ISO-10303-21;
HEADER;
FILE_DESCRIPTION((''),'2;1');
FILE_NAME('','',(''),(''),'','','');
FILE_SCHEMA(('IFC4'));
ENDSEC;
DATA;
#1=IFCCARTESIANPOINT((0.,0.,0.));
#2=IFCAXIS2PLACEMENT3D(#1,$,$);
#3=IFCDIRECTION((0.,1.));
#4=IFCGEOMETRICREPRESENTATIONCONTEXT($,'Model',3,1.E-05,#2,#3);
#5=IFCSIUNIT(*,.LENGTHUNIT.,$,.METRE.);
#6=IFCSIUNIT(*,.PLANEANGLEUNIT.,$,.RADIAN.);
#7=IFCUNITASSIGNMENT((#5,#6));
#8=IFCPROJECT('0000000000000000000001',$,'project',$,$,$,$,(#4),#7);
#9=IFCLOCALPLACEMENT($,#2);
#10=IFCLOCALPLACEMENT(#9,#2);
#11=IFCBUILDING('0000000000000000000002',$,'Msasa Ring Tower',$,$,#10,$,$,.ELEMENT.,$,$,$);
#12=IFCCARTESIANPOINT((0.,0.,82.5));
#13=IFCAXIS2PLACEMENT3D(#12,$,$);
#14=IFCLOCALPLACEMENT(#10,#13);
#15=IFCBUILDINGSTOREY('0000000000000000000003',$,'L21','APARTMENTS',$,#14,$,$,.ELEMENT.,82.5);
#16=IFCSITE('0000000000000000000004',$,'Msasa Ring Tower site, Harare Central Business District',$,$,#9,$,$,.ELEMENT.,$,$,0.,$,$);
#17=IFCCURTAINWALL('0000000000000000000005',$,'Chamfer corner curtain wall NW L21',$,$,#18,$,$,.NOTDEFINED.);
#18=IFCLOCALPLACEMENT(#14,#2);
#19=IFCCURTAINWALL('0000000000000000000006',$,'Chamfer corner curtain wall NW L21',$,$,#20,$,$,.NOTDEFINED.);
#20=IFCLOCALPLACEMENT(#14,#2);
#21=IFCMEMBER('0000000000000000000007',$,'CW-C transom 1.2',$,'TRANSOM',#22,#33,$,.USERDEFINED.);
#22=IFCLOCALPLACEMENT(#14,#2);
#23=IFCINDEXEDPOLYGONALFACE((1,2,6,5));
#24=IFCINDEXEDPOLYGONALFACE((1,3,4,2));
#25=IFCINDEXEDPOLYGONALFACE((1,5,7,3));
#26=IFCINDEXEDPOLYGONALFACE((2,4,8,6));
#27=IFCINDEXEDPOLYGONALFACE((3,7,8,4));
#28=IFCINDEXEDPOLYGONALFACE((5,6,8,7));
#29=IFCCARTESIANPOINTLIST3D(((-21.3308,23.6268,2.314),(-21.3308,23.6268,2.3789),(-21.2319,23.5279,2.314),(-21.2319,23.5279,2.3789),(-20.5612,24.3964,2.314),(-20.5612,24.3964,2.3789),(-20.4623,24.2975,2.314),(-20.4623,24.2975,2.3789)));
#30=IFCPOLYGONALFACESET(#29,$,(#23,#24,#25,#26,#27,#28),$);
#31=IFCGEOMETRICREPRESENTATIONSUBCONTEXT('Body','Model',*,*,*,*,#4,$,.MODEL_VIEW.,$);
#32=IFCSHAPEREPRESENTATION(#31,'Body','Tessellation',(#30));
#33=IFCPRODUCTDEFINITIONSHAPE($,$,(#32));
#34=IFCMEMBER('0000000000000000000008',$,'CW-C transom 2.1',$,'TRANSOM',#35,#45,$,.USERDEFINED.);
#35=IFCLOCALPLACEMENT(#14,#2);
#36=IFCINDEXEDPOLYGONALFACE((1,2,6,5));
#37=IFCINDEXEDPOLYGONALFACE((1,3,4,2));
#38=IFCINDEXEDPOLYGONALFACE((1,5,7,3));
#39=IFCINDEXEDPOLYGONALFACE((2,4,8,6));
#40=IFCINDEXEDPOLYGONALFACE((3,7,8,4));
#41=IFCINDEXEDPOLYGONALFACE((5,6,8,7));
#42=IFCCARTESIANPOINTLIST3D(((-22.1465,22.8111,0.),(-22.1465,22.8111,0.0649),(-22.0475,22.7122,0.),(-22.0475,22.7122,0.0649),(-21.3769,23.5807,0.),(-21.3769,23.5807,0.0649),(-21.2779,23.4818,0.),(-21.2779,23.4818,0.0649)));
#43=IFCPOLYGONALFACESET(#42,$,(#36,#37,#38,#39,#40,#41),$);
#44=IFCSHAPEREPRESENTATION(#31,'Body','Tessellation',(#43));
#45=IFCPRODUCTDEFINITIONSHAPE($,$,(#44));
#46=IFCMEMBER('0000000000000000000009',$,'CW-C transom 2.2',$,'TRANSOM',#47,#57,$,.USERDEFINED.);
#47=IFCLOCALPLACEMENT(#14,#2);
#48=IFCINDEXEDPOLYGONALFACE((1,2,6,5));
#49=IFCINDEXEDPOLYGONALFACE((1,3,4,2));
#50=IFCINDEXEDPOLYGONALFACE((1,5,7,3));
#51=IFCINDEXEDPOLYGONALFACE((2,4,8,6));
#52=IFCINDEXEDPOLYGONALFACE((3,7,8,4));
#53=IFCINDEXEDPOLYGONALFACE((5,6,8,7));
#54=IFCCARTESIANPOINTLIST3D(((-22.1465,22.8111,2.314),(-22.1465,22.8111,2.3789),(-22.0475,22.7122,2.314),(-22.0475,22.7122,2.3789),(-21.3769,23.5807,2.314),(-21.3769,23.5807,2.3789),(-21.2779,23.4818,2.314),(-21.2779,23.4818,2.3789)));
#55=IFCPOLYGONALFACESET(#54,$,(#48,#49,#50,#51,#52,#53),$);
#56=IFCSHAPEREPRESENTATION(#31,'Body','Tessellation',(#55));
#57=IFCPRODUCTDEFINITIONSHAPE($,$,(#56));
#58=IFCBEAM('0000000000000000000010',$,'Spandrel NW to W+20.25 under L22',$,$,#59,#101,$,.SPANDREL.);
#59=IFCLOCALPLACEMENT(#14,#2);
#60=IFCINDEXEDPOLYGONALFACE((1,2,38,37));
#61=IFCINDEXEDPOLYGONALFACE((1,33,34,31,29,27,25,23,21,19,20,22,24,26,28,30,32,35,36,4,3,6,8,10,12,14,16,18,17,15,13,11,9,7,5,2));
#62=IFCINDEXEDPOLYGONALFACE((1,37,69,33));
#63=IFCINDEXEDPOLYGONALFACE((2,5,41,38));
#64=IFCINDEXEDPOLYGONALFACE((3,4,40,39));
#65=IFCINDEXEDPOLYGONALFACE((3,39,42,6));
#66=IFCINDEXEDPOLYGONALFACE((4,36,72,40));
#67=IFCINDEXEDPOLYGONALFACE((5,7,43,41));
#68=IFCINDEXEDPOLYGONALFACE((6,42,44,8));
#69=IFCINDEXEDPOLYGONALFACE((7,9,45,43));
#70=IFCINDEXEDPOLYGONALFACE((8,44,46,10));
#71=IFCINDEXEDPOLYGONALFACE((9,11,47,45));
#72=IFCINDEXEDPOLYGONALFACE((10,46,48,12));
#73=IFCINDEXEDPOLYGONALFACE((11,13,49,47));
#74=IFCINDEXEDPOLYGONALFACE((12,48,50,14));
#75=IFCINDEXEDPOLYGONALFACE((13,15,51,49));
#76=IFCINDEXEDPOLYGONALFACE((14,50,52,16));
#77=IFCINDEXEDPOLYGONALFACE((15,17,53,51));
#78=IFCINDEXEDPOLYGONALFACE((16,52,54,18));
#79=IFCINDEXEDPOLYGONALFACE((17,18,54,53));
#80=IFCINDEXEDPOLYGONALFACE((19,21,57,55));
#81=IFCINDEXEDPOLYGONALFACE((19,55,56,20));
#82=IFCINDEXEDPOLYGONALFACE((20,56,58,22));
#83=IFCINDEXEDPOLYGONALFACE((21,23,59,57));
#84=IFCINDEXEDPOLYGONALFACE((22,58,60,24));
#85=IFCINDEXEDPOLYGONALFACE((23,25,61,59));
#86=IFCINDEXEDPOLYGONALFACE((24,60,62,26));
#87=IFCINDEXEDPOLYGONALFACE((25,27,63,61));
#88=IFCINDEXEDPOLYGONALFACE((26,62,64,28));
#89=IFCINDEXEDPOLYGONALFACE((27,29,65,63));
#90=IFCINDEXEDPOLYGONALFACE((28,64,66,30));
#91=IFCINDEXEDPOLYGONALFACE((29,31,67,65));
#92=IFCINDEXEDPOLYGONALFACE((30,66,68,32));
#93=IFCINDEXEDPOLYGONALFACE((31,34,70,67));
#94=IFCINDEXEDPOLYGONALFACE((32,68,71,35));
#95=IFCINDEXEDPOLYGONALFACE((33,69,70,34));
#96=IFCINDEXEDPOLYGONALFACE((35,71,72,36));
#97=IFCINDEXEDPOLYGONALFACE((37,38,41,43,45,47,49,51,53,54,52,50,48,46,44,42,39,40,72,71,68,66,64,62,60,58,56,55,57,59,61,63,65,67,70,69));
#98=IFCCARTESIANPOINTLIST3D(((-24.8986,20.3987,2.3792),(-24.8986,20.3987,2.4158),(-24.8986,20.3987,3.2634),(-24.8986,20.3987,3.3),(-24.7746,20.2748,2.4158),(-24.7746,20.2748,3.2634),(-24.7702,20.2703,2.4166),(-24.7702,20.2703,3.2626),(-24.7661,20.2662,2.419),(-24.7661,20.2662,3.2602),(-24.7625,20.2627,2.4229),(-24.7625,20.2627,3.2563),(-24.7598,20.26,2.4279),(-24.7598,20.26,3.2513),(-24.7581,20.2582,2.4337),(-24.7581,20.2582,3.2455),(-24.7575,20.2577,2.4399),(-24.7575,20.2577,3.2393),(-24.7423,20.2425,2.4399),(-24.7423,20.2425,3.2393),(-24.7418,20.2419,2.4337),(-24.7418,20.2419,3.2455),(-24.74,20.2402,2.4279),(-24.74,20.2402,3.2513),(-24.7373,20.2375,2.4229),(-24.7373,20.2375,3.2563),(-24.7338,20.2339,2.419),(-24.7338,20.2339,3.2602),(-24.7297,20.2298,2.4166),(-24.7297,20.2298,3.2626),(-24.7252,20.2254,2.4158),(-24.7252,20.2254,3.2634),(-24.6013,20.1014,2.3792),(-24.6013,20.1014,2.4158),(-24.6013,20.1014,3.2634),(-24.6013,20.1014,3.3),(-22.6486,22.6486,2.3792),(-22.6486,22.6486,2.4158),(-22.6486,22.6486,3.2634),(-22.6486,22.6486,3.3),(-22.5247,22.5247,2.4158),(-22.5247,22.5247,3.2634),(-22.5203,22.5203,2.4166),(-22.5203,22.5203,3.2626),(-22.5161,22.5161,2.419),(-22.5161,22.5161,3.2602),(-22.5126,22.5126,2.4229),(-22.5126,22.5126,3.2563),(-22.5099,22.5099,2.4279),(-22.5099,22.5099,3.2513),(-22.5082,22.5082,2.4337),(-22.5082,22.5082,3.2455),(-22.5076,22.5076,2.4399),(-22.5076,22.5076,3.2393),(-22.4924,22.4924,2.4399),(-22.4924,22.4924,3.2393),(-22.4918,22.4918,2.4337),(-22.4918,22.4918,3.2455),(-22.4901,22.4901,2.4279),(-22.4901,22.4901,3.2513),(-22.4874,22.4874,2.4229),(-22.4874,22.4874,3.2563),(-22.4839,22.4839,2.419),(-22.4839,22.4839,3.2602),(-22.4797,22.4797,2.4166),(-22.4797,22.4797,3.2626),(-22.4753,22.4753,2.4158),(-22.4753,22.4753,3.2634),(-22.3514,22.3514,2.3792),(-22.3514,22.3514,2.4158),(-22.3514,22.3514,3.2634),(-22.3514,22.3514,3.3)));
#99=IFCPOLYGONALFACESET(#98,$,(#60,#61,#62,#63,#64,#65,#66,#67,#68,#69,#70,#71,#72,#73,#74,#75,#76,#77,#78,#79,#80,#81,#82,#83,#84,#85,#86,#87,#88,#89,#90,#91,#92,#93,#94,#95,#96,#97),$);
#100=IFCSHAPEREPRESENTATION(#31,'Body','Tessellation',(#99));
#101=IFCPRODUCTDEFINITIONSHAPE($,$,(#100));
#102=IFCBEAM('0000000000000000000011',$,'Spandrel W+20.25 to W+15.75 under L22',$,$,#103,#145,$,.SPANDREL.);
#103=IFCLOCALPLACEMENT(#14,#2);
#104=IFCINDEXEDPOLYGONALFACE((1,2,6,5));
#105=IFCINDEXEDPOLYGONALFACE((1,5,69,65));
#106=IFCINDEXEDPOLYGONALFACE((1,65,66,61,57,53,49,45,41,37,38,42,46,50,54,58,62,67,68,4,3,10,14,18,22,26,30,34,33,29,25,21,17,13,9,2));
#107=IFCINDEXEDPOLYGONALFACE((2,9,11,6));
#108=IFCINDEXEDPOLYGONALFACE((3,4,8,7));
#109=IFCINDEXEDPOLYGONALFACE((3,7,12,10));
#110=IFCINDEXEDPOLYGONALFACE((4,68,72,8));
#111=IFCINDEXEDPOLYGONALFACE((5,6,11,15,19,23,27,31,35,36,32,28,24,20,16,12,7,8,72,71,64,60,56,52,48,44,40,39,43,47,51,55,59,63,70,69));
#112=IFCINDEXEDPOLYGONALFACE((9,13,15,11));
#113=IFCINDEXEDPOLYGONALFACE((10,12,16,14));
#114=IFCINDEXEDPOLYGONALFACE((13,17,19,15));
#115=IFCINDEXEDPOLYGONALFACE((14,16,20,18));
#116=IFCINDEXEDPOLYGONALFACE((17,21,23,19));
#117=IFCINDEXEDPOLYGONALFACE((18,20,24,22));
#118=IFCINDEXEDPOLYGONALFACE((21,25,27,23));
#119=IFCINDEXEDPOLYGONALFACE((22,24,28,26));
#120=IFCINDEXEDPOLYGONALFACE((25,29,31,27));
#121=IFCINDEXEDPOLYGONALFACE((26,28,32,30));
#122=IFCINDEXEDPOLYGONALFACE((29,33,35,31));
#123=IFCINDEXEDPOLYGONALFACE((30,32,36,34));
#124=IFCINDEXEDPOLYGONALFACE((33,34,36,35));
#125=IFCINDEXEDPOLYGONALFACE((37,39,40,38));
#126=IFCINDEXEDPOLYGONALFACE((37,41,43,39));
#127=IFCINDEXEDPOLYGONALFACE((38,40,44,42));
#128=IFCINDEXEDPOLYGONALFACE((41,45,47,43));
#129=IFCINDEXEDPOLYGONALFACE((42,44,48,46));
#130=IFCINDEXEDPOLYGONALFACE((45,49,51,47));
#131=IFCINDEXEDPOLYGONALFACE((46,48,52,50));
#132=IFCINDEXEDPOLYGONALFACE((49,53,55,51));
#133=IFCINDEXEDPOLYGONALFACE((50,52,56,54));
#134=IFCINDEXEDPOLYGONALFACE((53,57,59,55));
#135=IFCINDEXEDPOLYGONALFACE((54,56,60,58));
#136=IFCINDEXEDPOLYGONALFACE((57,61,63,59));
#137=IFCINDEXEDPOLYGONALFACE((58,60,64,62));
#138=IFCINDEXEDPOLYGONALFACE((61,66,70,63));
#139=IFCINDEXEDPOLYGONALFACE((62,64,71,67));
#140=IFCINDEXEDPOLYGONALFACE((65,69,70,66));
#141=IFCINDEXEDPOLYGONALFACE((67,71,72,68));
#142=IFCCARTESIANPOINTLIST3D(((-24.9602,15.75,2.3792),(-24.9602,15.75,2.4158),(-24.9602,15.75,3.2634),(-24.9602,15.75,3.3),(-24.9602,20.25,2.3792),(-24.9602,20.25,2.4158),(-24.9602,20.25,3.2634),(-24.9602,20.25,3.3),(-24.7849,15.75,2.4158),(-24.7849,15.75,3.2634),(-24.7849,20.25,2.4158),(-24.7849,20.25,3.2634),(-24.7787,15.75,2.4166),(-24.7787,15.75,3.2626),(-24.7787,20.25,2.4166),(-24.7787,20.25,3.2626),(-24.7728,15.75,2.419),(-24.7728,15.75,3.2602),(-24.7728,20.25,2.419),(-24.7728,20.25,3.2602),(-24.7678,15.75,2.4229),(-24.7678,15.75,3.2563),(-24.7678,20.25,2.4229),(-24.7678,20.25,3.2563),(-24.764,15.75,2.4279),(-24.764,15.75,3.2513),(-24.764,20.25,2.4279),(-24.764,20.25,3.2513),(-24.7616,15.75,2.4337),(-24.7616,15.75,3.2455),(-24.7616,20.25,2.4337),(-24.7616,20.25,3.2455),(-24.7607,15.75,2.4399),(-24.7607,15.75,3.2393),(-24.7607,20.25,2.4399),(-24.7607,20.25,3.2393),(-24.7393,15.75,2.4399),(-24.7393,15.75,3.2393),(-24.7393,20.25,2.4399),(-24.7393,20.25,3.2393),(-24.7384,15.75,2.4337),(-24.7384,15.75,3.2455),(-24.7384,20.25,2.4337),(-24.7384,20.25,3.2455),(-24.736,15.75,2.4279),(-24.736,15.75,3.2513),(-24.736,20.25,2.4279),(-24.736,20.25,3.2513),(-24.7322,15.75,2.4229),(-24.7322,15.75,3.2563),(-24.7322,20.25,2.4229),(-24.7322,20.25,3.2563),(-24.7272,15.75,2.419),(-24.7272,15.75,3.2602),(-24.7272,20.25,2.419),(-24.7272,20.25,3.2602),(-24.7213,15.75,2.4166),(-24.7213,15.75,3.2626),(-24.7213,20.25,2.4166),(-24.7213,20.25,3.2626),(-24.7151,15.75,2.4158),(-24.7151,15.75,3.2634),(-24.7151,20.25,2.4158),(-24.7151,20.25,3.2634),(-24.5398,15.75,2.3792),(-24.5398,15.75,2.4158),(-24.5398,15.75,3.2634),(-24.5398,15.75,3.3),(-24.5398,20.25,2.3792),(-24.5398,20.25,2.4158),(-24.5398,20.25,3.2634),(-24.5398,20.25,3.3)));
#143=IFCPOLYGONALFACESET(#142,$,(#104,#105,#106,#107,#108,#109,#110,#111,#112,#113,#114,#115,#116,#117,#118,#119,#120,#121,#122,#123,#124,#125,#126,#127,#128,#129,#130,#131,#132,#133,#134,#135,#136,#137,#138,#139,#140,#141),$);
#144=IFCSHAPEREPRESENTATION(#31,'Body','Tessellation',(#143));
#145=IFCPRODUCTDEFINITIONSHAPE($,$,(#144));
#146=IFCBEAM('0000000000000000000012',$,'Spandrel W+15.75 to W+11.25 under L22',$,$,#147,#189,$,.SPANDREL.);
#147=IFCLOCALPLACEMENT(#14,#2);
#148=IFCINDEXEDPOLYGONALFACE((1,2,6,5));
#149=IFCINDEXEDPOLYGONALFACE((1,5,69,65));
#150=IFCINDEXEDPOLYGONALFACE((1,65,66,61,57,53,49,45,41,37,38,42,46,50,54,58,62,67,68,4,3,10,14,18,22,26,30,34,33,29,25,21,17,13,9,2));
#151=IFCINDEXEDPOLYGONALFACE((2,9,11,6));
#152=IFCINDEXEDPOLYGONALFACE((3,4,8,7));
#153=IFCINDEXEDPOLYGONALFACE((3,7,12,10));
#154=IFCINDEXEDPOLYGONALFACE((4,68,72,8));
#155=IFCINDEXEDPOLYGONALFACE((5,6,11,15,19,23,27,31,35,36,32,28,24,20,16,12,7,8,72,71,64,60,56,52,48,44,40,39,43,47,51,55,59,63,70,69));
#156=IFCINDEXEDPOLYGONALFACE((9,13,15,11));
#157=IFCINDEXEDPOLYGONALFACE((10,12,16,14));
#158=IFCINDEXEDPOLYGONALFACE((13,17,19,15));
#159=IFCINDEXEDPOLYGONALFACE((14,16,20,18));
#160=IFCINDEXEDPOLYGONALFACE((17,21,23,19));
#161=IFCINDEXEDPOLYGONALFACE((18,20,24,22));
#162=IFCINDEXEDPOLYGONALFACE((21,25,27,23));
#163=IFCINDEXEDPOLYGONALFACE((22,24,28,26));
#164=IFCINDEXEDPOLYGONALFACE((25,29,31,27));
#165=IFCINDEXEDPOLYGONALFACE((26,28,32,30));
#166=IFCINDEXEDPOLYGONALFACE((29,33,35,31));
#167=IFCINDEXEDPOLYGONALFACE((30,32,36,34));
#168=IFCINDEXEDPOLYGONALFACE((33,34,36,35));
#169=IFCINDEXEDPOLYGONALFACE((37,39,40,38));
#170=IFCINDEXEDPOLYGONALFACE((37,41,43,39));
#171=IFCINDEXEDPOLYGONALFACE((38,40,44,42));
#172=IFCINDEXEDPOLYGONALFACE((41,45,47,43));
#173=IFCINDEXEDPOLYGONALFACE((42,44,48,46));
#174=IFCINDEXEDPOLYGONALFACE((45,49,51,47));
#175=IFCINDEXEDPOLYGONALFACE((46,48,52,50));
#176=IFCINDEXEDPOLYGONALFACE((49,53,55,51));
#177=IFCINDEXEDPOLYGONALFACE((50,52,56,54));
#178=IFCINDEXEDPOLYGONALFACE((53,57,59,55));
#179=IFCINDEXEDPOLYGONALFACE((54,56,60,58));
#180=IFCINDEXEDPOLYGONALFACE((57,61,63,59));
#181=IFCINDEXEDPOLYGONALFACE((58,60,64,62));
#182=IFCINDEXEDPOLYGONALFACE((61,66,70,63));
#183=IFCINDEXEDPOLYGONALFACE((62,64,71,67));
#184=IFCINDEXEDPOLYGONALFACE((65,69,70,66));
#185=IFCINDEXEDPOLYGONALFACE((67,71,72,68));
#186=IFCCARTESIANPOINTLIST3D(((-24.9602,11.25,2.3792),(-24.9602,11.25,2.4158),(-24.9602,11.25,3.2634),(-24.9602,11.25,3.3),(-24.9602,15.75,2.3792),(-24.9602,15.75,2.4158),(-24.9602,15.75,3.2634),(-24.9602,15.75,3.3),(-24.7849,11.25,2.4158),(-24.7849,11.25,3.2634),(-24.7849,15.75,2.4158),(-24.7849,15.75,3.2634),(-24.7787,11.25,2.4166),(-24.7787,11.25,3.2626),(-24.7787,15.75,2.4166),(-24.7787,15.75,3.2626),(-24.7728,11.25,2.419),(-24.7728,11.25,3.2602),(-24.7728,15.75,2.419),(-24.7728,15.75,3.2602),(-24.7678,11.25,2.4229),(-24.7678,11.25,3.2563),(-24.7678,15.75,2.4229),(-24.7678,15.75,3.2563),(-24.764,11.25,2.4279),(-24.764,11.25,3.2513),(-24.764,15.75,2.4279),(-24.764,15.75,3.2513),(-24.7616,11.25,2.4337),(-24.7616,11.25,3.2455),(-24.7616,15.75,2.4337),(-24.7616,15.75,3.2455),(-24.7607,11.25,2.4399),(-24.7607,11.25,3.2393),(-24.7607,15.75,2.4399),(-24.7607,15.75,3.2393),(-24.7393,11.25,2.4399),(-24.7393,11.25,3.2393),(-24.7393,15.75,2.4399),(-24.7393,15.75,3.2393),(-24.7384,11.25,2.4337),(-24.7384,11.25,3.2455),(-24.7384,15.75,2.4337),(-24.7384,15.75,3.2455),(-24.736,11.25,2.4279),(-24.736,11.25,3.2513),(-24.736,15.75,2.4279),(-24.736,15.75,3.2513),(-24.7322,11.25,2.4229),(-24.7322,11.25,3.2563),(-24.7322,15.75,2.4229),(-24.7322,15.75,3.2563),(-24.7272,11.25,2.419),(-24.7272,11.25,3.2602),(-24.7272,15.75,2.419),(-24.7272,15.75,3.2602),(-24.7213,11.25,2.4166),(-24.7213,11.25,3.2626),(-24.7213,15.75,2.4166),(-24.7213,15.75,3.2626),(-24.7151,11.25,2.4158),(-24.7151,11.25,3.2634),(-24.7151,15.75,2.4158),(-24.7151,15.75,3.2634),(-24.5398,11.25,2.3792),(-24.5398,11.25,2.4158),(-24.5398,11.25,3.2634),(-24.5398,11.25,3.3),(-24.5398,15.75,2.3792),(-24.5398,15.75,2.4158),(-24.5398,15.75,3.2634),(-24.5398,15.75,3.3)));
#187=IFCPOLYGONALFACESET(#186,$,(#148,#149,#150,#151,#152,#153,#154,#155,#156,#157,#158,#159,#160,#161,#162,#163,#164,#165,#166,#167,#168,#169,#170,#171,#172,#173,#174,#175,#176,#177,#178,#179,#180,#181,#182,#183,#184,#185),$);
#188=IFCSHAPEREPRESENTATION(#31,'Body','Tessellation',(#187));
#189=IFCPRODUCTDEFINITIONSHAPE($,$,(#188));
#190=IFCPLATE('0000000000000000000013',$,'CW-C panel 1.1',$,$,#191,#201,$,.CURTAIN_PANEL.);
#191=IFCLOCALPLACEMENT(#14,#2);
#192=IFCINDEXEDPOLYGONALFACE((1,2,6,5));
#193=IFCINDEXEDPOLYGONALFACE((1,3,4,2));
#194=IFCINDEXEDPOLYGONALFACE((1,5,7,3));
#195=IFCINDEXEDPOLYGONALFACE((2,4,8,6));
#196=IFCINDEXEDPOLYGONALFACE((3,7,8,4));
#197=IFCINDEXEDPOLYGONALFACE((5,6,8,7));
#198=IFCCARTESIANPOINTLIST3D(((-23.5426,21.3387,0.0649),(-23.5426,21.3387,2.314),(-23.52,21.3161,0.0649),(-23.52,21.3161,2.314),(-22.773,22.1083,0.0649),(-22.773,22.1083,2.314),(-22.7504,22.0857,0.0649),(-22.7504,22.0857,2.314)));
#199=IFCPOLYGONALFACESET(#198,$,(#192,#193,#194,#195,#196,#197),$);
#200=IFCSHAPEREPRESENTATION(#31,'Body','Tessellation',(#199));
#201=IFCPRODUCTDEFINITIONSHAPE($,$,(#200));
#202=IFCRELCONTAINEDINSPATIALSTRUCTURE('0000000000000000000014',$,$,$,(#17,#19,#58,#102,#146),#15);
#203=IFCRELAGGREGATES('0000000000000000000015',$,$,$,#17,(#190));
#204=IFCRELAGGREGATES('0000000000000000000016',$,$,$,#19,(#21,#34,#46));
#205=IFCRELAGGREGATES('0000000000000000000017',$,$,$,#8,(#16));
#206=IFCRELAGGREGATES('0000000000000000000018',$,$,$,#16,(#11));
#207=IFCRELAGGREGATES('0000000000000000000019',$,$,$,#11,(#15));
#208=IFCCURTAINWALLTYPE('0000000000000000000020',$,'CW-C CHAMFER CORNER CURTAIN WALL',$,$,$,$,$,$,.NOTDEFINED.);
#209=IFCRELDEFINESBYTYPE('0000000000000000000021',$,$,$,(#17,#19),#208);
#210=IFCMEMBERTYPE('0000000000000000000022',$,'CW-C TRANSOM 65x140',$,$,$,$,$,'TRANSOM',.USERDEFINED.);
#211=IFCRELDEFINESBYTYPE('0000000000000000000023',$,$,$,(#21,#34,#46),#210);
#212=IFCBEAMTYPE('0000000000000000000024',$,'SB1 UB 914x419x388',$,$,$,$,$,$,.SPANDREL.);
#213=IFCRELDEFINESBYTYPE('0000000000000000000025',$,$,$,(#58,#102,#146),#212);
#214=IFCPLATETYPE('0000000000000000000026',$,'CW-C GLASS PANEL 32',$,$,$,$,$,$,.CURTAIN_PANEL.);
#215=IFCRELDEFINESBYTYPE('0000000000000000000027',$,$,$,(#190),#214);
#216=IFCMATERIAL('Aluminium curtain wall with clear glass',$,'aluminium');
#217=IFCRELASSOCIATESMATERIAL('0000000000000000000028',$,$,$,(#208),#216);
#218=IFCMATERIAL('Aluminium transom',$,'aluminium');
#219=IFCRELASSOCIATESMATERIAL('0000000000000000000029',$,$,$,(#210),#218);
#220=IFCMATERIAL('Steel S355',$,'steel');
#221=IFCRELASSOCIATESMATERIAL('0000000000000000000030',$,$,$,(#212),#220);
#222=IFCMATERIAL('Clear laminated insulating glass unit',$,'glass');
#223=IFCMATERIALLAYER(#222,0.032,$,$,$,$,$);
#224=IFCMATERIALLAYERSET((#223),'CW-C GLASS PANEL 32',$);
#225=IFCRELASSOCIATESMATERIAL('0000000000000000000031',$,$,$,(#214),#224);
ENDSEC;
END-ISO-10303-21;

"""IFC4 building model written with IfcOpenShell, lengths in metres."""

from ifc_helpers import new_model, si_unit, direction, frame, origin, origin_2d, place, context, subcontext, project, spatial, rectangle, i_section, extrude, material, layer, layer_set, material_profile, profile_set, type_object, element, aggregate, save


model = new_model("IFC4")

# Units and contexts
model_context = context("Model", 3, precision=1e-05, world=origin(), true_north=direction((0.0, 1.0)))
body_context = subcontext(model_context, "Body", "Model", "MODEL_VIEW")
ifc_project = project(units=[si_unit("LENGTHUNIT", "METRE"), si_unit("PLANEANGLEUNIT", "RADIAN")], contexts=[model_context])

# Site, building, storey
site_placement = place(None, origin())
site = spatial("IfcSite", under=ifc_project, at=site_placement, Name="Msasa Ring Tower site, Harare Central Business District", CompositionType="ELEMENT", RefElevation=0.0)
building_placement = place(site_placement, origin())
building = spatial("IfcBuilding", under=site, at=building_placement, Name="Msasa Ring Tower", CompositionType="ELEMENT")
storey_placement = place(building_placement, frame((0.0, 0.0, 82.5)))
storey = spatial("IfcBuildingStorey", under=building, at=storey_placement, Name="L21", Description="APARTMENTS", CompositionType="ELEMENT", Elevation=82.5)

# Curtain walls
ifc_material_1 = material(Name="Aluminium curtain wall with clear glass", Category="aluminium")
curtain_wall_type = type_object("IfcCurtainWallType", Name="CW-C CHAMFER CORNER CURTAIN WALL", PredefinedType="NOTDEFINED", material=ifc_material_1)
curtain_wall_1_placement = place(storey_placement, origin())
curtain_wall_1 = element("IfcCurtainWall", 1, at=curtain_wall_1_placement, inside=storey, type_object=curtain_wall_type, Name="Chamfer corner curtain wall NW L21", PredefinedType="NOTDEFINED")
curtain_wall_2_placement = place(storey_placement, origin())
curtain_wall_2 = element("IfcCurtainWall", 2, at=curtain_wall_2_placement, inside=storey, type_object=curtain_wall_type, Name="Chamfer corner curtain wall NW L21", PredefinedType="NOTDEFINED")

# Members
ifc_material_2 = material(Name="Aluminium transom", Category="aluminium")
ifc_material_profile_1 = material_profile(ifc_material_2, rectangle(XDim=0.1399, YDim=0.0649, at=origin_2d()), Name="AL 65x140")
ifc_profile_set_1 = profile_set([ifc_material_profile_1], Name="Aluminium transom")
member_type_1 = type_object("IfcMemberType", Name="CW-C TRANSOM 65x140", ElementType="TRANSOM", PredefinedType="USERDEFINED", material=ifc_profile_set_1)
member_1_placement = place(storey_placement, frame((-20.5117, 24.3469, 2.3464), z_axis=(-0.707107, -0.707107, 0.0), x_axis=(0.707107, -0.707107, 0.0)))
member_1 = element("IfcMember", 3, at=member_1_placement, type_object=member_type_1, Name="CW-C transom 1.2", ObjectType="TRANSOM", PredefinedType="USERDEFINED", context=body_context, shape_type="SweptSolid", body=[
    extrude(rectangle(XDim=0.1399, YDim=0.0649, at=origin_2d()), origin(), (0.0, 0.0, 1.0), 1.0884),
])
member_2_placement = place(storey_placement, frame((-21.3274, 23.5312, 0.0325), z_axis=(-0.707107, -0.707107, 0.0), x_axis=(0.707107, -0.707107, 0.0)))
member_2 = element("IfcMember", 4, at=member_2_placement, type_object=member_type_1, Name="CW-C transom 2.1", ObjectType="TRANSOM", PredefinedType="USERDEFINED", context=body_context, shape_type="SweptSolid", body=[
    extrude(rectangle(XDim=0.1399, YDim=0.0649, at=origin_2d()), origin(), (0.0, 0.0, 1.0), 1.0884),
])
member_3_placement = place(storey_placement, frame((-21.3274, 23.5312, 2.3464), z_axis=(-0.707107, -0.707107, 0.0), x_axis=(0.707107, -0.707107, 0.0)))
member_3 = element("IfcMember", 5, at=member_3_placement, type_object=member_type_1, Name="CW-C transom 2.2", ObjectType="TRANSOM", PredefinedType="USERDEFINED", context=body_context, shape_type="SweptSolid", body=[
    extrude(rectangle(XDim=0.1399, YDim=0.0649, at=origin_2d()), origin(), (0.0, 0.0, 1.0), 1.0884),
])

# Beams
ifc_material_3 = material(Name="Steel S355", Category="steel")
ifc_material_profile_2 = material_profile(ifc_material_3, i_section(OverallWidth=0.4204, OverallDepth=0.9209, WebThickness=0.0215, FlangeThickness=0.0366, FilletRadius=0.0242, at=origin_2d()), Name="UB 914x419x388")
ifc_profile_set_2 = profile_set([ifc_material_profile_2], Name="Steel S355")
beam_type = type_object("IfcBeamType", Name="SB1 UB 914x419x388", PredefinedType="SPANDREL", material=ifc_profile_set_2)
beam_placement = place(storey_placement, frame((-22.5, 22.5, 2.8396), z_axis=(-0.707107, -0.707107, 0.0), x_axis=(0.707107, -0.707107, 0.0)))
element("IfcBeam", 6, at=beam_placement, inside=storey, type_object=beam_type, Name="Spandrel NW to W+20.25 under L22", PredefinedType="SPANDREL", context=body_context, shape_type="SweptSolid", body=[
    extrude(i_section(OverallWidth=0.4204, OverallDepth=0.9209, WebThickness=0.0215, FlangeThickness=0.0366, FilletRadius=0.0242, at=origin_2d()), origin(), (0.0, 0.0, 1.0), 3.1819),
])
for number, where, z_axis, x_axis, name in (
    (7, (-24.75, 20.25, 2.8396), (0.0, -1.0, 0.0), (1.0, 0.0, 0.0), "Spandrel W+20.25 to W+15.75 under L22"),
    (8, (-24.75, 15.75, 2.8396), (0.0, -1.0, 0.0), (1.0, 0.0, 0.0), "Spandrel W+15.75 to W+11.25 under L22"),
):
    element("IfcBeam", number, at=place(storey_placement, frame(where, z_axis=z_axis, x_axis=x_axis)), inside=storey, type_object=beam_type, Name=name, PredefinedType="SPANDREL", context=body_context, shape_type="SweptSolid", body=[
        extrude(i_section(OverallWidth=0.4204, OverallDepth=0.9209, WebThickness=0.0215, FlangeThickness=0.0366, FilletRadius=0.0242, at=origin_2d()), origin(), (0.0, 0.0, 1.0), 4.5),
    ])

# Plate
ifc_material_4 = material(Name="Clear laminated insulating glass unit", Category="glass")
ifc_layer_1 = layer(ifc_material_4, 0.032)
ifc_layer_set_1 = layer_set([ifc_layer_1], Name="CW-C GLASS PANEL 32")
plate_type = type_object("IfcPlateType", Name="CW-C GLASS PANEL 32", PredefinedType="CURTAIN_PANEL", material=ifc_layer_set_1)
plate_1_placement = place(storey_placement, frame((-23.1465, 21.7122, 0.0649), z_axis=(0.0, 0.0, 1.0), x_axis=(-0.707107, -0.707107, 0.0)))
plate_1 = element("IfcPlate", 9, at=plate_1_placement, type_object=plate_type, Name="CW-C panel 1.1", PredefinedType="CURTAIN_PANEL", context=body_context, shape_type="SweptSolid", body=[
    extrude(rectangle(XDim=1.0884, YDim=0.032, at=origin_2d()), origin(), (0.0, 0.0, 1.0), 2.249),
])
aggregate(curtain_wall_1, [plate_1])
aggregate(curtain_wall_2, [member_1, member_2, member_3])

save(model, "model.ifc")
